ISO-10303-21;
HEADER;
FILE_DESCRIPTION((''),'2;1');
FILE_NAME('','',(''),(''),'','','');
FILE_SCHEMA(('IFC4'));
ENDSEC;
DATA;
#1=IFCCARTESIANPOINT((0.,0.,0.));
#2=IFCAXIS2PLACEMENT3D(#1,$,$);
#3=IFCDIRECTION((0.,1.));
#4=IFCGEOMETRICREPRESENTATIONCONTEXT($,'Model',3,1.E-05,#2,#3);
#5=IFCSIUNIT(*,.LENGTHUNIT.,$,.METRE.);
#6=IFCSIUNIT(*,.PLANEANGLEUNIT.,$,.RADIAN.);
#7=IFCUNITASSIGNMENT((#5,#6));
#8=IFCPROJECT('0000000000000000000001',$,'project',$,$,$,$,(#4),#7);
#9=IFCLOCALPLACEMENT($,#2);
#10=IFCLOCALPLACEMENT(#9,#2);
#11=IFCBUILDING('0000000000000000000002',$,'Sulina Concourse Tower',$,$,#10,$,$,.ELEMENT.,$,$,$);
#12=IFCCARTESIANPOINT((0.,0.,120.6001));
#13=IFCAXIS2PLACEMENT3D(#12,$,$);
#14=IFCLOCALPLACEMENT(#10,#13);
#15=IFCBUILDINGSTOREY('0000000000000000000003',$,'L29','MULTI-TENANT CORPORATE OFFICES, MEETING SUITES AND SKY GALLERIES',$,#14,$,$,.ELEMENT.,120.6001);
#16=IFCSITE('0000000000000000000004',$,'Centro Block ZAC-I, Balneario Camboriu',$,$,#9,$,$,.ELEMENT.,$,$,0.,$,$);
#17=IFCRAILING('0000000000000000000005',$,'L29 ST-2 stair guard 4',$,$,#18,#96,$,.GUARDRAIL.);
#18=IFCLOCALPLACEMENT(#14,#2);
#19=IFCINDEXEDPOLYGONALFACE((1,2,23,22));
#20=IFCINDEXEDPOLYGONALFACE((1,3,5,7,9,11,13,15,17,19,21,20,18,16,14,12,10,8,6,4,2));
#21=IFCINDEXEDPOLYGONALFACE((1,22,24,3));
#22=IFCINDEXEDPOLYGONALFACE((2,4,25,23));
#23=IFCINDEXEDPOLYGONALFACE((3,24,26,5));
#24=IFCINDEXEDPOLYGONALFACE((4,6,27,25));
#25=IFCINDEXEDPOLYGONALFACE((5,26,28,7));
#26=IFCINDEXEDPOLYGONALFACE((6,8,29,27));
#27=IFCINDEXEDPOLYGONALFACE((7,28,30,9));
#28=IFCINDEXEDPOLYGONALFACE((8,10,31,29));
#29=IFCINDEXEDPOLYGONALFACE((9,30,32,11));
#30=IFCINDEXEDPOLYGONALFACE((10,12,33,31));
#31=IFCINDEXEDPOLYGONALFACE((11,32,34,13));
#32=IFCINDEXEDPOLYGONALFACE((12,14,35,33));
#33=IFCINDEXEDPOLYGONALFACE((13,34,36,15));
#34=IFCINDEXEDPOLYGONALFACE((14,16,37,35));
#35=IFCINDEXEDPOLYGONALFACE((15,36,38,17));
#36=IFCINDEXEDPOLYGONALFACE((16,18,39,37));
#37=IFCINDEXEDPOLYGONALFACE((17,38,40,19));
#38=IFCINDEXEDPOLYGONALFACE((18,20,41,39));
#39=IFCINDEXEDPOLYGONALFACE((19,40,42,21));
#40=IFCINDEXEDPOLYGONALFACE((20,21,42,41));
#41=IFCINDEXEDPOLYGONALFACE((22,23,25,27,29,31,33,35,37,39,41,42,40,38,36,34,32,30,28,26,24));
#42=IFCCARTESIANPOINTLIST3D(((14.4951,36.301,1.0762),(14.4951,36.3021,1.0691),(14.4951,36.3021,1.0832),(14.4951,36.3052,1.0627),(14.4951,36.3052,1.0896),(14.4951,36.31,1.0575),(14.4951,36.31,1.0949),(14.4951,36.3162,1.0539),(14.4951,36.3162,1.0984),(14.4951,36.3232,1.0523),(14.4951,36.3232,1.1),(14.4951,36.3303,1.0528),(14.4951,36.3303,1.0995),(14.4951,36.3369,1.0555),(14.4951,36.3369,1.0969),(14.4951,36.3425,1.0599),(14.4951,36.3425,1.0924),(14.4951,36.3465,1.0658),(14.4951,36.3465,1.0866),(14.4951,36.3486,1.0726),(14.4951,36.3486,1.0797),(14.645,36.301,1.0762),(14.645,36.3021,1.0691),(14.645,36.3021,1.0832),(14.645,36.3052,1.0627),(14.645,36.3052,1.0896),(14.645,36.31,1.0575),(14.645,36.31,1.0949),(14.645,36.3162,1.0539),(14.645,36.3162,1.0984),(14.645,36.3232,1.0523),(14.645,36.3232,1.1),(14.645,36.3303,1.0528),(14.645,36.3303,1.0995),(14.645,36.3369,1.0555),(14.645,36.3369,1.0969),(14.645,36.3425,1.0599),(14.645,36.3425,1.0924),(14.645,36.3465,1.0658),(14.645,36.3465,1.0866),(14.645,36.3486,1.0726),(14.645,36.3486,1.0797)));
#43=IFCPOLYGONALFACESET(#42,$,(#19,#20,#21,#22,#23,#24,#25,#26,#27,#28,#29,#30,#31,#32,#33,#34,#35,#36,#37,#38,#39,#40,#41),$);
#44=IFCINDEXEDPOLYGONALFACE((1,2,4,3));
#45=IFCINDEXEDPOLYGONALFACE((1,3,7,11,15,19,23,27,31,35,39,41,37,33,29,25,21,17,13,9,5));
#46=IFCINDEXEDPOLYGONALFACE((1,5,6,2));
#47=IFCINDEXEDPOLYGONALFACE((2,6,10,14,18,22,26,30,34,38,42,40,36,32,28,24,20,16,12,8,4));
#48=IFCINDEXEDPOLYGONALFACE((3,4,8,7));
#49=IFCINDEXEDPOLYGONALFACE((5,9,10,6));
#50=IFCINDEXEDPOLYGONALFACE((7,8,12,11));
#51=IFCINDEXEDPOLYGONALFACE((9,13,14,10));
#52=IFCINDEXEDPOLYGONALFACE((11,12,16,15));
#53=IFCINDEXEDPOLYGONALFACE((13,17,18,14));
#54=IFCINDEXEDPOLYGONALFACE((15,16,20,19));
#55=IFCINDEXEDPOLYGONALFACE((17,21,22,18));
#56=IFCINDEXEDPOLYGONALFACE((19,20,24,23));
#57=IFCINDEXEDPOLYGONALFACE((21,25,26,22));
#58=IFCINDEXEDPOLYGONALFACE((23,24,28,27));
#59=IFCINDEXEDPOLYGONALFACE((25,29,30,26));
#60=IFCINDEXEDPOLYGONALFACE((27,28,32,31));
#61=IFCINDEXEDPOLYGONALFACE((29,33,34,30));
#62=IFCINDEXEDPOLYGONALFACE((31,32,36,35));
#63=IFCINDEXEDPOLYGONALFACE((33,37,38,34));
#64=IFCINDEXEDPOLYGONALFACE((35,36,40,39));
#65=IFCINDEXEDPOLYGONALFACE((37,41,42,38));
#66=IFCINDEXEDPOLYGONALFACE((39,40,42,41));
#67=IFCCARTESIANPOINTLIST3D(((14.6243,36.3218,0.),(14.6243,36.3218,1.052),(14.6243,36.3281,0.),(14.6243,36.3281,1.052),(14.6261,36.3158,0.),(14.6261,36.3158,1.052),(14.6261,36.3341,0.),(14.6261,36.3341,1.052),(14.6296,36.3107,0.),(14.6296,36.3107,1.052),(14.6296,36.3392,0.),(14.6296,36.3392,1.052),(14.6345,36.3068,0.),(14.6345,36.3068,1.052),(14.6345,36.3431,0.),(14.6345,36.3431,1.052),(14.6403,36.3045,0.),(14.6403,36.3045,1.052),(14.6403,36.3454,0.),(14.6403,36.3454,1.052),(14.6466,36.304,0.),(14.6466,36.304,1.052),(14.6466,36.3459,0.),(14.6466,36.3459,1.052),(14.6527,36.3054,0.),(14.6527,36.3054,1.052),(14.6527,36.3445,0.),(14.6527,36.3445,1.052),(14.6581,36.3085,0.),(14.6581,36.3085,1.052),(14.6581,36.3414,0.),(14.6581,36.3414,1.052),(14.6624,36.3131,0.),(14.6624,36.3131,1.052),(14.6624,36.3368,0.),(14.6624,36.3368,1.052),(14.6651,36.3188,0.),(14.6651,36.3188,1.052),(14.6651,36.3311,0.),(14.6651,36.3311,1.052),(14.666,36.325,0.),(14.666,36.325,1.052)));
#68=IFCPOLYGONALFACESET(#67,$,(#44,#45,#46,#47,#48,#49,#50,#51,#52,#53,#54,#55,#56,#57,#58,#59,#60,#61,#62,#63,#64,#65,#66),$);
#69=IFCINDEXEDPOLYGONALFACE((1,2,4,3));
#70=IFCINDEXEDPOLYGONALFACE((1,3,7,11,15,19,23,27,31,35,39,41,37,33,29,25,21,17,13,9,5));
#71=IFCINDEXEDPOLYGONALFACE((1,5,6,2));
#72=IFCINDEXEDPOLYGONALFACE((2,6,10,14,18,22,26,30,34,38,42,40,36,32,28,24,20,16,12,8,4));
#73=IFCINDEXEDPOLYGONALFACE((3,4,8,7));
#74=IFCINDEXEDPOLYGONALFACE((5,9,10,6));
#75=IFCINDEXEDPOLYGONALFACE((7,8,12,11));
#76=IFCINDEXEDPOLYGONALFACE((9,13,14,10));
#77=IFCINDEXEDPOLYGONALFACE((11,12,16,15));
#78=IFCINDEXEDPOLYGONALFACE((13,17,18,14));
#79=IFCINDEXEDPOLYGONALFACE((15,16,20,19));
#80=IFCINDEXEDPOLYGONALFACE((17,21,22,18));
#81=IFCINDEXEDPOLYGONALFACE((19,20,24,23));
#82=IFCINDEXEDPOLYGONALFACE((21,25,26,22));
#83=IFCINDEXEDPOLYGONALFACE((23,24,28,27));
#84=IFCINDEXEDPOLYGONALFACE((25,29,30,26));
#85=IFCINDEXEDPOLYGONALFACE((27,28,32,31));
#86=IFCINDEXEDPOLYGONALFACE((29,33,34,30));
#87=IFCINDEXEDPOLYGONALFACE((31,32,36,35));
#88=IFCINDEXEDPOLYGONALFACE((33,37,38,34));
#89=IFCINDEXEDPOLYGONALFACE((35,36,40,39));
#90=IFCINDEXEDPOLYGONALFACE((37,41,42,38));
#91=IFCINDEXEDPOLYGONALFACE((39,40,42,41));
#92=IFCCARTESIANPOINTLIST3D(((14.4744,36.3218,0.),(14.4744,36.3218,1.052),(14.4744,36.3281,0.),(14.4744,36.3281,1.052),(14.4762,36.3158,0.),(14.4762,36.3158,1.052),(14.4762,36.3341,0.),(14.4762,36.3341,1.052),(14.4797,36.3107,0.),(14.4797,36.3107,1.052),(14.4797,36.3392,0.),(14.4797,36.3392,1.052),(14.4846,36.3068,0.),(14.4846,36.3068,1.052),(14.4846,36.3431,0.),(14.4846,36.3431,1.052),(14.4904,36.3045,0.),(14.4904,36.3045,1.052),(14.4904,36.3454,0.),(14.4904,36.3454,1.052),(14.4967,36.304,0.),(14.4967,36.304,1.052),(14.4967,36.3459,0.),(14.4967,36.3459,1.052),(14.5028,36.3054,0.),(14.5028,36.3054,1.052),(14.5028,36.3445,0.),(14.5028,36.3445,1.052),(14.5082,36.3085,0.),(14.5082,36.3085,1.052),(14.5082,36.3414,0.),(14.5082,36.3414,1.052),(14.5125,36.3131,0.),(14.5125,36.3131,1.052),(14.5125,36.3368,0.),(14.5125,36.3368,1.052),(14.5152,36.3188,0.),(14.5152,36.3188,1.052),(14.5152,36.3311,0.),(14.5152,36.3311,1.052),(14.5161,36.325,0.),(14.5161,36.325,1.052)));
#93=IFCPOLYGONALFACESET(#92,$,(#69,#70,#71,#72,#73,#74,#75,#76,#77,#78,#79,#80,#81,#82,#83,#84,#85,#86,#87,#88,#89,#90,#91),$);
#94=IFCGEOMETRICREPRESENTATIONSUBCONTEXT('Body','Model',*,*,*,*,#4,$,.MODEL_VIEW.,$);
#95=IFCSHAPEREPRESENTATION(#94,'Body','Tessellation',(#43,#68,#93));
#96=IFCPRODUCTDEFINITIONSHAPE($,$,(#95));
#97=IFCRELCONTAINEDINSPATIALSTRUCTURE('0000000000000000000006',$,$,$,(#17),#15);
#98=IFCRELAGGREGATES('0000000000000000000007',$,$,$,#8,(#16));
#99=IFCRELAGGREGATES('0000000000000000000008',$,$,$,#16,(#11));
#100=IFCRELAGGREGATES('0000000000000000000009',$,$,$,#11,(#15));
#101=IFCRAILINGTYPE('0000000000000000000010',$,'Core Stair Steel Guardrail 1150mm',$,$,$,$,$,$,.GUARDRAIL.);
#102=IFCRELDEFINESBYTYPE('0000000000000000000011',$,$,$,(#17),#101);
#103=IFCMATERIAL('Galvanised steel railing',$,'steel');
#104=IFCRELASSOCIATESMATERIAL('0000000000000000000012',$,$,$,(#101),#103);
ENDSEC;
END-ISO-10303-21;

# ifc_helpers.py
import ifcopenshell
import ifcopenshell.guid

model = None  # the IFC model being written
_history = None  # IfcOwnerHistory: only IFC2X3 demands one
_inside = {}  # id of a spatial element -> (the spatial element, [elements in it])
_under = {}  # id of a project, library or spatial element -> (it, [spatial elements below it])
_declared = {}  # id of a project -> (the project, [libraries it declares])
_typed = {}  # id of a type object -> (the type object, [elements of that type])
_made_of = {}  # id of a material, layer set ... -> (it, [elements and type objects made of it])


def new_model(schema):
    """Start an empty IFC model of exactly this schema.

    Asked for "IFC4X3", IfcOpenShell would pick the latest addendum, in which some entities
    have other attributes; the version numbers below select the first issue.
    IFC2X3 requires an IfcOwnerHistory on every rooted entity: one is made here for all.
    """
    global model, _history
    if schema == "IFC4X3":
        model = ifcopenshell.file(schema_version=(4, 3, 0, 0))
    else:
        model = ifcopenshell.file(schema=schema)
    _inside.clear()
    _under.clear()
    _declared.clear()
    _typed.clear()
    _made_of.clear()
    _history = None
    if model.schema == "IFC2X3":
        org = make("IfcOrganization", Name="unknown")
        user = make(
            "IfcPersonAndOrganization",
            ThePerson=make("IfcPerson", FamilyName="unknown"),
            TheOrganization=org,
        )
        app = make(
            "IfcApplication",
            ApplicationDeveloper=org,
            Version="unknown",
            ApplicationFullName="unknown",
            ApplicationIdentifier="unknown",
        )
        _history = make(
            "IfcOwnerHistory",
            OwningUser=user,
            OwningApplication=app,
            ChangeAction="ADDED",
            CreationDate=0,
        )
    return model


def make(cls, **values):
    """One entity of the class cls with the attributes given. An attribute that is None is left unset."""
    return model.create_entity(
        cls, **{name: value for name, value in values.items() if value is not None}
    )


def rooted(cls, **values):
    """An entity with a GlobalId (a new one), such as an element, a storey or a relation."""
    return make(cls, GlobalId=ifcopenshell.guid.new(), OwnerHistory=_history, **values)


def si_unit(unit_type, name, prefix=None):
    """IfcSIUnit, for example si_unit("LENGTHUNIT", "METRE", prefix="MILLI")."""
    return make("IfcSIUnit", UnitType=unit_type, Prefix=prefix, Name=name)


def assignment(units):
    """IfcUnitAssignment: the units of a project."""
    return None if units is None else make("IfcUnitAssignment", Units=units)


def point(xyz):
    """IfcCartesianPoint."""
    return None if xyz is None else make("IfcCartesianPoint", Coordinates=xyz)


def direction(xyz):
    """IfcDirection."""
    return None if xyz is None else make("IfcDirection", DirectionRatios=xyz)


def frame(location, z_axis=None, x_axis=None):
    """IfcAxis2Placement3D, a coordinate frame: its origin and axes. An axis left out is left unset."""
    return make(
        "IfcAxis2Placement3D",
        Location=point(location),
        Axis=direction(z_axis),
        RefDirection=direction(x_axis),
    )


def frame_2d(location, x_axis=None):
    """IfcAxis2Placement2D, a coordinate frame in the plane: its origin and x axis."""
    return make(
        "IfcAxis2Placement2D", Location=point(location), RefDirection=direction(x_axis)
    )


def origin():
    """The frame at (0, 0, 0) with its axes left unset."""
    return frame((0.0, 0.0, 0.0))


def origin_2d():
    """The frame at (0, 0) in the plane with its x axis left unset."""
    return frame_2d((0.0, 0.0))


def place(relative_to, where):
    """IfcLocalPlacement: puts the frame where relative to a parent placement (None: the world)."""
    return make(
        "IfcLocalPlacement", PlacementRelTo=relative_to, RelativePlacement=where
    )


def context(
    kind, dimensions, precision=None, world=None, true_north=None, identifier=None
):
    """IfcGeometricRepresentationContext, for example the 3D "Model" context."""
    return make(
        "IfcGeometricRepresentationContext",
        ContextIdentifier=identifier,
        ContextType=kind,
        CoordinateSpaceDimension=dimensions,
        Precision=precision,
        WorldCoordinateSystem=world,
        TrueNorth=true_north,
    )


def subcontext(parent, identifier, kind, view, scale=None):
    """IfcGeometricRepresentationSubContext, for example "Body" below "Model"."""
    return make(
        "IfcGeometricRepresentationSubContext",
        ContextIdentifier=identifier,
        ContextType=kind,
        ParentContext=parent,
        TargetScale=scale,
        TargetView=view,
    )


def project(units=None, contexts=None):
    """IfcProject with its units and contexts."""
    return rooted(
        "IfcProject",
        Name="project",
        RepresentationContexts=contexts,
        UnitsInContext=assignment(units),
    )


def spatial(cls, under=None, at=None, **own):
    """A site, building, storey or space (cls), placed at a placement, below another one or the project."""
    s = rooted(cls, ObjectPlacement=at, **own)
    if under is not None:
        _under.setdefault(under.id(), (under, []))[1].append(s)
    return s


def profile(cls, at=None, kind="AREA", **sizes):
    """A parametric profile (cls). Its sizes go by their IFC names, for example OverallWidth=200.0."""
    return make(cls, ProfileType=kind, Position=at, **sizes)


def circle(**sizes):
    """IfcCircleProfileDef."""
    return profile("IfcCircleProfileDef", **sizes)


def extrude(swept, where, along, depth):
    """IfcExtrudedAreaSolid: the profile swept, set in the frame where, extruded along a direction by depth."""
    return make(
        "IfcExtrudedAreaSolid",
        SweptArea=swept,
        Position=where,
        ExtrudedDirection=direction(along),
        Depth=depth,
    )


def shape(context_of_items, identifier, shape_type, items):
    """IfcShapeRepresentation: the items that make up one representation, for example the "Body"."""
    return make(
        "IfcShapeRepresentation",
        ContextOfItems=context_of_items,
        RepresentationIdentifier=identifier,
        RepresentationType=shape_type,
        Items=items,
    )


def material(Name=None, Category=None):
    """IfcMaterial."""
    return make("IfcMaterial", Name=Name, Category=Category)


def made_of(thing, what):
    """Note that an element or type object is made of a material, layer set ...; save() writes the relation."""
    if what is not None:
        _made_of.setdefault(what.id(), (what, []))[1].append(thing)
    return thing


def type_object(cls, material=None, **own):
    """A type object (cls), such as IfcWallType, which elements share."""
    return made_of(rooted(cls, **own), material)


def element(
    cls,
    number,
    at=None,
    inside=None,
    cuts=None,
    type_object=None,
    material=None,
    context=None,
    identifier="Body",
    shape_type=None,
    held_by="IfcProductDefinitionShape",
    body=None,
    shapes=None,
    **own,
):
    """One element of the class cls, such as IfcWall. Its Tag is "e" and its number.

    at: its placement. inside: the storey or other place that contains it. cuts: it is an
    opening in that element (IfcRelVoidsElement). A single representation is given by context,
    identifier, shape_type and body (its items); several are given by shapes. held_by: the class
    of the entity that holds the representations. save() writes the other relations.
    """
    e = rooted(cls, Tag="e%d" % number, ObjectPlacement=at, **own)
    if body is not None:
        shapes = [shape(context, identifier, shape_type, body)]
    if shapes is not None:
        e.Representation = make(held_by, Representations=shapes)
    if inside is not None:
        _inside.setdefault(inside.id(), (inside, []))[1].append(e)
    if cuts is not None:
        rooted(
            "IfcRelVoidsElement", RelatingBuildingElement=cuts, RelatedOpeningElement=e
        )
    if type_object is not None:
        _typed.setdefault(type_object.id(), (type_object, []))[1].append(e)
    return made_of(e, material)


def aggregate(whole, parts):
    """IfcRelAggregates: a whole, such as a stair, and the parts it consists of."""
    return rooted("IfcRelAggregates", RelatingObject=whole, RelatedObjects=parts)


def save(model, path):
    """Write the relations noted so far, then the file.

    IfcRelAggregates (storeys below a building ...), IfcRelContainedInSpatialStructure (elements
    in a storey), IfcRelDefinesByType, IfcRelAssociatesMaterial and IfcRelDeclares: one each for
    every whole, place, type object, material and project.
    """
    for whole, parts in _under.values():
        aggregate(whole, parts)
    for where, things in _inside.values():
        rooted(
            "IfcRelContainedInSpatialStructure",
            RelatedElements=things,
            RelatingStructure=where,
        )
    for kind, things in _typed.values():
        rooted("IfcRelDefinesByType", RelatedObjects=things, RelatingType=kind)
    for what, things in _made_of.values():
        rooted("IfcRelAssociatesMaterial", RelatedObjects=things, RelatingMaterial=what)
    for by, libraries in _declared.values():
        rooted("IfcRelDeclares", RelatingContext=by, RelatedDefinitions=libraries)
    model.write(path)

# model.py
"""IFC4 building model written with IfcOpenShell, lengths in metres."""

from ifc_helpers import new_model, si_unit, direction, frame, origin, origin_2d, place, context, subcontext, project, spatial, circle, extrude, material, type_object, element, save


model = new_model("IFC4")

# Units and contexts
model_context = context("Model", 3, precision=1e-05, world=origin(), true_north=direction((0.0, 1.0)))
body_context = subcontext(model_context, "Body", "Model", "MODEL_VIEW")
ifc_project = project(units=[si_unit("LENGTHUNIT", "METRE"), si_unit("PLANEANGLEUNIT", "RADIAN")], contexts=[model_context])

# Site, building, storey
site_placement = place(None, origin())
site = spatial("IfcSite", under=ifc_project, at=site_placement, Name="Centro Block ZAC-I, Balneario Camboriu", CompositionType="ELEMENT", RefElevation=0.0)
building_placement = place(site_placement, origin())
building = spatial("IfcBuilding", under=site, at=building_placement, Name="Sulina Concourse Tower", CompositionType="ELEMENT")
storey_placement = place(building_placement, frame((0.0, 0.0, 120.6001)))
storey = spatial("IfcBuildingStorey", under=building, at=storey_placement, Name="L29", Description="MULTI-TENANT CORPORATE OFFICES, MEETING SUITES AND SKY GALLERIES", CompositionType="ELEMENT", Elevation=120.6001)

# Railing
ifc_material_1 = material(Name="Galvanised steel railing", Category="steel")
railing_type_1 = type_object("IfcRailingType", Name="Core Stair Steel Guardrail 1150mm", PredefinedType="GUARDRAIL", material=ifc_material_1)
railing_1_placement = place(storey_placement, frame((14.645, 36.325, 0.0)))
element("IfcRailing", 1, at=railing_1_placement, inside=storey, type_object=railing_type_1, Name="L29 ST-2 stair guard 4", PredefinedType="GUARDRAIL", context=body_context, shape_type="SweptSolid", body=[
    extrude(circle(Radius=0.0239, at=origin_2d()), frame((0.0, 0.0, 1.0762), z_axis=(-1.0, 0.0, 0.0), x_axis=(0.0, -1.0, 0.0)), (0.0, 0.0, 1.0), 0.1499),
    extrude(circle(Radius=0.021, at=origin_2d()), origin(), (0.0, 0.0, 1.0), 1.052),
    extrude(circle(Radius=0.021, at=origin_2d()), frame((-0.1499, 0.0, 0.0)), (0.0, 0.0, 1.0), 1.052),
])

save(model, "model.ifc")
